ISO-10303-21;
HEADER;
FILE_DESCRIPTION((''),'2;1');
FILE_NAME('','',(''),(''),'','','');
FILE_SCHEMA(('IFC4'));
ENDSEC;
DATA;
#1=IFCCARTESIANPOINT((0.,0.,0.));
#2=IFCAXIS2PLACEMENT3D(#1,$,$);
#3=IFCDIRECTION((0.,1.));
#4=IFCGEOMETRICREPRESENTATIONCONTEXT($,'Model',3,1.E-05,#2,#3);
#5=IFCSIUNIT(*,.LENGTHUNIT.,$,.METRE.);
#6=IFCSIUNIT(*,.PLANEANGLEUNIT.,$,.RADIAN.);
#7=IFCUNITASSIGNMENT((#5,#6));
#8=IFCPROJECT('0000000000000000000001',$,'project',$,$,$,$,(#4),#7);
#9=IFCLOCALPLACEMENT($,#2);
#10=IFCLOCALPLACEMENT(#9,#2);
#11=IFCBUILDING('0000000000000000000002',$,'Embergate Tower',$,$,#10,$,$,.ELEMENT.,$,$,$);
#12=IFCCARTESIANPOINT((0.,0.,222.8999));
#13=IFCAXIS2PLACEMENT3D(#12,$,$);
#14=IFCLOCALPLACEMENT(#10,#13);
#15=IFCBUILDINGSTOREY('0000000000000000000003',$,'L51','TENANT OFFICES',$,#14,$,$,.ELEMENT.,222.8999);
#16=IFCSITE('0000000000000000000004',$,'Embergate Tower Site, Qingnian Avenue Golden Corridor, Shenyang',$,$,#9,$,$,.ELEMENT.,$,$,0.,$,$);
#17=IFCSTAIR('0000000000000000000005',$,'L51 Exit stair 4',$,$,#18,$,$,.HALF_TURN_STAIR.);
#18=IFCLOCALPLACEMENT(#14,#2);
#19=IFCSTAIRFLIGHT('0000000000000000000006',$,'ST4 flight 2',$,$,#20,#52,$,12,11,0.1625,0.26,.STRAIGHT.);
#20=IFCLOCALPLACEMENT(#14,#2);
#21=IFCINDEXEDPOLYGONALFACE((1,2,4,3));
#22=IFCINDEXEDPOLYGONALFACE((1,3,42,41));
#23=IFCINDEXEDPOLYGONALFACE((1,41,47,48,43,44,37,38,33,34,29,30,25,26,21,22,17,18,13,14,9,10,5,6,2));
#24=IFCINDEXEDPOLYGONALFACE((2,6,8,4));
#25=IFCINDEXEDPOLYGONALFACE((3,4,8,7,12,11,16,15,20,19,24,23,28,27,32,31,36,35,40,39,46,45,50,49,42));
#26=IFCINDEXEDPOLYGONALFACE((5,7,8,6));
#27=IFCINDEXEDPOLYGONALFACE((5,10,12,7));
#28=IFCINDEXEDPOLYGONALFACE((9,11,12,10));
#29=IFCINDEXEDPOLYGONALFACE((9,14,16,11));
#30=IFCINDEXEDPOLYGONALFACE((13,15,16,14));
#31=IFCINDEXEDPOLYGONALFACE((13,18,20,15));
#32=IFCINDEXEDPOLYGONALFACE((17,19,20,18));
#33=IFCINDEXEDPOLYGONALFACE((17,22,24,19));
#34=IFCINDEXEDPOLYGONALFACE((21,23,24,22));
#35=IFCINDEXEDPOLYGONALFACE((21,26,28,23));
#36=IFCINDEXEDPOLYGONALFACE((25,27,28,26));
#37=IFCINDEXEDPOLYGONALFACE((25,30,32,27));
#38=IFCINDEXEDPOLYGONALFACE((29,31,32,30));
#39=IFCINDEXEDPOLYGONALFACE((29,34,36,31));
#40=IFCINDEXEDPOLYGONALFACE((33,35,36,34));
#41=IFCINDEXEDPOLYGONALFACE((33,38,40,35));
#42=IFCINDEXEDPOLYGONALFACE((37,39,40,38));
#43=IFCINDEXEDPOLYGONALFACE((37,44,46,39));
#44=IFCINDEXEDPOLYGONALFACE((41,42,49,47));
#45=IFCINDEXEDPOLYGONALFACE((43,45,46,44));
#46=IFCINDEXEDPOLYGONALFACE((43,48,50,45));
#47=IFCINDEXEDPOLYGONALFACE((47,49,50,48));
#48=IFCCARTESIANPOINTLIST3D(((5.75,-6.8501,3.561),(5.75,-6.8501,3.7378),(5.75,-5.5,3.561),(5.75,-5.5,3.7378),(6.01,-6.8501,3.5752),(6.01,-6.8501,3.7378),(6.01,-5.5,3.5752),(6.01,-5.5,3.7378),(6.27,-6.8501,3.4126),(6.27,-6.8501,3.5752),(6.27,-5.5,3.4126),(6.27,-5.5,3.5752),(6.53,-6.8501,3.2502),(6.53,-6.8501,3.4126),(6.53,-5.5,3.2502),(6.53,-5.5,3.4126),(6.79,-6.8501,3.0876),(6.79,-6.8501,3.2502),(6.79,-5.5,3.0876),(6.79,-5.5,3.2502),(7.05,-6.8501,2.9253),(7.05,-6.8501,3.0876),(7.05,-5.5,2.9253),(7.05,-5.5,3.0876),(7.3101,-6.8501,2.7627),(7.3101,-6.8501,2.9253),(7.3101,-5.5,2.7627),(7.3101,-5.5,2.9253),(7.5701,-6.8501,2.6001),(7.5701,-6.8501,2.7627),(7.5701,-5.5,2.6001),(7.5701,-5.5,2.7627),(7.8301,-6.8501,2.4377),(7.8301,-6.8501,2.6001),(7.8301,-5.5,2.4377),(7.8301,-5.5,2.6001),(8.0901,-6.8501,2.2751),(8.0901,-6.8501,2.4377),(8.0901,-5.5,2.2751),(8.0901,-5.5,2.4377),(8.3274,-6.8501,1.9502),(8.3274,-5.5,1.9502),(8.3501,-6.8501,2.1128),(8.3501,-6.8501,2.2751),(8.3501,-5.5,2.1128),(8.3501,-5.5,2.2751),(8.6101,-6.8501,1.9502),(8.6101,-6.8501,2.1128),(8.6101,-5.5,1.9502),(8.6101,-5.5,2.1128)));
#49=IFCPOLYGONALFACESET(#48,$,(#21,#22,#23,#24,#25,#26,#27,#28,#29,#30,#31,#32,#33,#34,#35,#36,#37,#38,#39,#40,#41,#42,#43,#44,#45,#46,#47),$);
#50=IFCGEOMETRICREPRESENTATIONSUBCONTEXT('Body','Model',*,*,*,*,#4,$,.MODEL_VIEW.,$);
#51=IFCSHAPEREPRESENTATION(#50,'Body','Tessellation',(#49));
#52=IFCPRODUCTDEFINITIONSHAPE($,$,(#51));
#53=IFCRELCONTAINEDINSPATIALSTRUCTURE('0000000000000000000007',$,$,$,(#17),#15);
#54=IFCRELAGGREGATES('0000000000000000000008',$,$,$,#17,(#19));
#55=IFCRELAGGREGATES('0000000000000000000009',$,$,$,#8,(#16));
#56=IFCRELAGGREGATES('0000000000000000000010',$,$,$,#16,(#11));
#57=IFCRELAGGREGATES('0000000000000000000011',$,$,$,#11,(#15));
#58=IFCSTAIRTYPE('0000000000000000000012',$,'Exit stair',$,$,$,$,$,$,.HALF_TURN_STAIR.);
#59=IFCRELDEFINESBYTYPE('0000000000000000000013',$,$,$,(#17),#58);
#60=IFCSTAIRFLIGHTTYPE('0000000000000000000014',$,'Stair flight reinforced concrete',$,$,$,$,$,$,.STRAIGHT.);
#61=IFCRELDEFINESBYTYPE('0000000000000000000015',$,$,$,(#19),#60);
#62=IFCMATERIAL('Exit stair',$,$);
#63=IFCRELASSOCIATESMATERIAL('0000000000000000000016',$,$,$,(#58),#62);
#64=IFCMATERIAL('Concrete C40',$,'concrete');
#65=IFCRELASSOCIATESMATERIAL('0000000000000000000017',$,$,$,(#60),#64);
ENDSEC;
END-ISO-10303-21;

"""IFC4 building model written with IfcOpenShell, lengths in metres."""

from ifc_helpers import new_model, si_unit, direction, frame, origin, place, context, subcontext, project, spatial, polyline, outline, extrude, source, transform, mapped, material, type_object, element, aggregate, save


model = new_model("IFC4")

# Units and contexts
model_context = context("Model", 3, precision=1e-05, world=origin(), true_north=direction((0.0, 1.0)))
body_context = subcontext(model_context, "Body", "Model", "MODEL_VIEW")
ifc_project = project(units=[si_unit("LENGTHUNIT", "METRE"), si_unit("PLANEANGLEUNIT", "RADIAN")], contexts=[model_context])

# Site, building, storey
site_placement = place(None, origin())
site = spatial("IfcSite", under=ifc_project, at=site_placement, Name="Embergate Tower Site, Qingnian Avenue Golden Corridor, Shenyang", CompositionType="ELEMENT", RefElevation=0.0)
building_placement = place(site_placement, origin())
building = spatial("IfcBuilding", under=site, at=building_placement, Name="Embergate Tower", CompositionType="ELEMENT")
storey_placement = place(building_placement, frame((0.0, 0.0, 222.8999)))
storey = spatial("IfcBuildingStorey", under=building, at=storey_placement, Name="L51", Description="TENANT OFFICES", CompositionType="ELEMENT", Elevation=222.8999)

# Stair
ifc_material_1 = material(Name="Exit stair")
stair_type = type_object("IfcStairType", Name="Exit stair", PredefinedType="HALF_TURN_STAIR", material=ifc_material_1)
stair_placement = place(storey_placement, origin())
stair = element("IfcStair", 1, at=stair_placement, inside=storey, type_object=stair_type, Name="L51 Exit stair 4", PredefinedType="HALF_TURN_STAIR")
ifc_material_2 = material(Name="Concrete C40", Category="concrete")

# Stair flight
stair_flight_type = type_object("IfcStairFlightType", Name="Stair flight reinforced concrete", PredefinedType="STRAIGHT", material=ifc_material_2)
shared_shape_1 = source(origin(), body_context, "Body", "SweptSolid", [
    extrude(outline(polyline([(0.0, 0.0), (0.0, 0.1626), (0.26, 0.1626), (0.26, 0.325), (0.52, 0.325), (0.52, 0.4875), (0.78, 0.4875), (0.78, 0.6499), (1.04, 0.6499), (1.04, 0.8125), (1.3, 0.8125), (1.3, 0.9751), (1.5601, 0.9751), (1.5601, 1.1375), (1.8201, 1.1375), (1.8201, 1.3), (2.0801, 1.3), (2.0801, 1.4624), (2.3401, 1.4624), (2.3401, 1.625), (2.6001, 1.625), (2.6001, 1.7876), (2.8601, 1.7876), (2.8601, 1.95), (2.8601, 1.6108), (0.2827, 0.0), (0.0, 0.0)])), frame((0.0, 0.675, 0.0), z_axis=(0.0, -1.0, 0.0), x_axis=(1.0, 0.0, 0.0)), (0.0, 0.0, 1.0), 1.3501),
])
stair_flight_1_placement = place(storey_placement, frame((8.6101, -6.175, 1.9502), z_axis=(0.0, 0.0, 1.0), x_axis=(-1.0, 0.0, 0.0)))
stair_flight_1 = element("IfcStairFlight", 2, at=stair_flight_1_placement, type_object=stair_flight_type, Name="ST4 flight 2", NumberOfRisers=12, NumberOfTreads=11, PredefinedType="STRAIGHT", RiserHeight=0.1625, TreadLength=0.26, context=body_context, shape_type="MappedRepresentation", body=[
    mapped(shared_shape_1, transform((0.0, 0.0, 0.0))),
])
aggregate(stair, [stair_flight_1])

save(model, "model.ifc")
